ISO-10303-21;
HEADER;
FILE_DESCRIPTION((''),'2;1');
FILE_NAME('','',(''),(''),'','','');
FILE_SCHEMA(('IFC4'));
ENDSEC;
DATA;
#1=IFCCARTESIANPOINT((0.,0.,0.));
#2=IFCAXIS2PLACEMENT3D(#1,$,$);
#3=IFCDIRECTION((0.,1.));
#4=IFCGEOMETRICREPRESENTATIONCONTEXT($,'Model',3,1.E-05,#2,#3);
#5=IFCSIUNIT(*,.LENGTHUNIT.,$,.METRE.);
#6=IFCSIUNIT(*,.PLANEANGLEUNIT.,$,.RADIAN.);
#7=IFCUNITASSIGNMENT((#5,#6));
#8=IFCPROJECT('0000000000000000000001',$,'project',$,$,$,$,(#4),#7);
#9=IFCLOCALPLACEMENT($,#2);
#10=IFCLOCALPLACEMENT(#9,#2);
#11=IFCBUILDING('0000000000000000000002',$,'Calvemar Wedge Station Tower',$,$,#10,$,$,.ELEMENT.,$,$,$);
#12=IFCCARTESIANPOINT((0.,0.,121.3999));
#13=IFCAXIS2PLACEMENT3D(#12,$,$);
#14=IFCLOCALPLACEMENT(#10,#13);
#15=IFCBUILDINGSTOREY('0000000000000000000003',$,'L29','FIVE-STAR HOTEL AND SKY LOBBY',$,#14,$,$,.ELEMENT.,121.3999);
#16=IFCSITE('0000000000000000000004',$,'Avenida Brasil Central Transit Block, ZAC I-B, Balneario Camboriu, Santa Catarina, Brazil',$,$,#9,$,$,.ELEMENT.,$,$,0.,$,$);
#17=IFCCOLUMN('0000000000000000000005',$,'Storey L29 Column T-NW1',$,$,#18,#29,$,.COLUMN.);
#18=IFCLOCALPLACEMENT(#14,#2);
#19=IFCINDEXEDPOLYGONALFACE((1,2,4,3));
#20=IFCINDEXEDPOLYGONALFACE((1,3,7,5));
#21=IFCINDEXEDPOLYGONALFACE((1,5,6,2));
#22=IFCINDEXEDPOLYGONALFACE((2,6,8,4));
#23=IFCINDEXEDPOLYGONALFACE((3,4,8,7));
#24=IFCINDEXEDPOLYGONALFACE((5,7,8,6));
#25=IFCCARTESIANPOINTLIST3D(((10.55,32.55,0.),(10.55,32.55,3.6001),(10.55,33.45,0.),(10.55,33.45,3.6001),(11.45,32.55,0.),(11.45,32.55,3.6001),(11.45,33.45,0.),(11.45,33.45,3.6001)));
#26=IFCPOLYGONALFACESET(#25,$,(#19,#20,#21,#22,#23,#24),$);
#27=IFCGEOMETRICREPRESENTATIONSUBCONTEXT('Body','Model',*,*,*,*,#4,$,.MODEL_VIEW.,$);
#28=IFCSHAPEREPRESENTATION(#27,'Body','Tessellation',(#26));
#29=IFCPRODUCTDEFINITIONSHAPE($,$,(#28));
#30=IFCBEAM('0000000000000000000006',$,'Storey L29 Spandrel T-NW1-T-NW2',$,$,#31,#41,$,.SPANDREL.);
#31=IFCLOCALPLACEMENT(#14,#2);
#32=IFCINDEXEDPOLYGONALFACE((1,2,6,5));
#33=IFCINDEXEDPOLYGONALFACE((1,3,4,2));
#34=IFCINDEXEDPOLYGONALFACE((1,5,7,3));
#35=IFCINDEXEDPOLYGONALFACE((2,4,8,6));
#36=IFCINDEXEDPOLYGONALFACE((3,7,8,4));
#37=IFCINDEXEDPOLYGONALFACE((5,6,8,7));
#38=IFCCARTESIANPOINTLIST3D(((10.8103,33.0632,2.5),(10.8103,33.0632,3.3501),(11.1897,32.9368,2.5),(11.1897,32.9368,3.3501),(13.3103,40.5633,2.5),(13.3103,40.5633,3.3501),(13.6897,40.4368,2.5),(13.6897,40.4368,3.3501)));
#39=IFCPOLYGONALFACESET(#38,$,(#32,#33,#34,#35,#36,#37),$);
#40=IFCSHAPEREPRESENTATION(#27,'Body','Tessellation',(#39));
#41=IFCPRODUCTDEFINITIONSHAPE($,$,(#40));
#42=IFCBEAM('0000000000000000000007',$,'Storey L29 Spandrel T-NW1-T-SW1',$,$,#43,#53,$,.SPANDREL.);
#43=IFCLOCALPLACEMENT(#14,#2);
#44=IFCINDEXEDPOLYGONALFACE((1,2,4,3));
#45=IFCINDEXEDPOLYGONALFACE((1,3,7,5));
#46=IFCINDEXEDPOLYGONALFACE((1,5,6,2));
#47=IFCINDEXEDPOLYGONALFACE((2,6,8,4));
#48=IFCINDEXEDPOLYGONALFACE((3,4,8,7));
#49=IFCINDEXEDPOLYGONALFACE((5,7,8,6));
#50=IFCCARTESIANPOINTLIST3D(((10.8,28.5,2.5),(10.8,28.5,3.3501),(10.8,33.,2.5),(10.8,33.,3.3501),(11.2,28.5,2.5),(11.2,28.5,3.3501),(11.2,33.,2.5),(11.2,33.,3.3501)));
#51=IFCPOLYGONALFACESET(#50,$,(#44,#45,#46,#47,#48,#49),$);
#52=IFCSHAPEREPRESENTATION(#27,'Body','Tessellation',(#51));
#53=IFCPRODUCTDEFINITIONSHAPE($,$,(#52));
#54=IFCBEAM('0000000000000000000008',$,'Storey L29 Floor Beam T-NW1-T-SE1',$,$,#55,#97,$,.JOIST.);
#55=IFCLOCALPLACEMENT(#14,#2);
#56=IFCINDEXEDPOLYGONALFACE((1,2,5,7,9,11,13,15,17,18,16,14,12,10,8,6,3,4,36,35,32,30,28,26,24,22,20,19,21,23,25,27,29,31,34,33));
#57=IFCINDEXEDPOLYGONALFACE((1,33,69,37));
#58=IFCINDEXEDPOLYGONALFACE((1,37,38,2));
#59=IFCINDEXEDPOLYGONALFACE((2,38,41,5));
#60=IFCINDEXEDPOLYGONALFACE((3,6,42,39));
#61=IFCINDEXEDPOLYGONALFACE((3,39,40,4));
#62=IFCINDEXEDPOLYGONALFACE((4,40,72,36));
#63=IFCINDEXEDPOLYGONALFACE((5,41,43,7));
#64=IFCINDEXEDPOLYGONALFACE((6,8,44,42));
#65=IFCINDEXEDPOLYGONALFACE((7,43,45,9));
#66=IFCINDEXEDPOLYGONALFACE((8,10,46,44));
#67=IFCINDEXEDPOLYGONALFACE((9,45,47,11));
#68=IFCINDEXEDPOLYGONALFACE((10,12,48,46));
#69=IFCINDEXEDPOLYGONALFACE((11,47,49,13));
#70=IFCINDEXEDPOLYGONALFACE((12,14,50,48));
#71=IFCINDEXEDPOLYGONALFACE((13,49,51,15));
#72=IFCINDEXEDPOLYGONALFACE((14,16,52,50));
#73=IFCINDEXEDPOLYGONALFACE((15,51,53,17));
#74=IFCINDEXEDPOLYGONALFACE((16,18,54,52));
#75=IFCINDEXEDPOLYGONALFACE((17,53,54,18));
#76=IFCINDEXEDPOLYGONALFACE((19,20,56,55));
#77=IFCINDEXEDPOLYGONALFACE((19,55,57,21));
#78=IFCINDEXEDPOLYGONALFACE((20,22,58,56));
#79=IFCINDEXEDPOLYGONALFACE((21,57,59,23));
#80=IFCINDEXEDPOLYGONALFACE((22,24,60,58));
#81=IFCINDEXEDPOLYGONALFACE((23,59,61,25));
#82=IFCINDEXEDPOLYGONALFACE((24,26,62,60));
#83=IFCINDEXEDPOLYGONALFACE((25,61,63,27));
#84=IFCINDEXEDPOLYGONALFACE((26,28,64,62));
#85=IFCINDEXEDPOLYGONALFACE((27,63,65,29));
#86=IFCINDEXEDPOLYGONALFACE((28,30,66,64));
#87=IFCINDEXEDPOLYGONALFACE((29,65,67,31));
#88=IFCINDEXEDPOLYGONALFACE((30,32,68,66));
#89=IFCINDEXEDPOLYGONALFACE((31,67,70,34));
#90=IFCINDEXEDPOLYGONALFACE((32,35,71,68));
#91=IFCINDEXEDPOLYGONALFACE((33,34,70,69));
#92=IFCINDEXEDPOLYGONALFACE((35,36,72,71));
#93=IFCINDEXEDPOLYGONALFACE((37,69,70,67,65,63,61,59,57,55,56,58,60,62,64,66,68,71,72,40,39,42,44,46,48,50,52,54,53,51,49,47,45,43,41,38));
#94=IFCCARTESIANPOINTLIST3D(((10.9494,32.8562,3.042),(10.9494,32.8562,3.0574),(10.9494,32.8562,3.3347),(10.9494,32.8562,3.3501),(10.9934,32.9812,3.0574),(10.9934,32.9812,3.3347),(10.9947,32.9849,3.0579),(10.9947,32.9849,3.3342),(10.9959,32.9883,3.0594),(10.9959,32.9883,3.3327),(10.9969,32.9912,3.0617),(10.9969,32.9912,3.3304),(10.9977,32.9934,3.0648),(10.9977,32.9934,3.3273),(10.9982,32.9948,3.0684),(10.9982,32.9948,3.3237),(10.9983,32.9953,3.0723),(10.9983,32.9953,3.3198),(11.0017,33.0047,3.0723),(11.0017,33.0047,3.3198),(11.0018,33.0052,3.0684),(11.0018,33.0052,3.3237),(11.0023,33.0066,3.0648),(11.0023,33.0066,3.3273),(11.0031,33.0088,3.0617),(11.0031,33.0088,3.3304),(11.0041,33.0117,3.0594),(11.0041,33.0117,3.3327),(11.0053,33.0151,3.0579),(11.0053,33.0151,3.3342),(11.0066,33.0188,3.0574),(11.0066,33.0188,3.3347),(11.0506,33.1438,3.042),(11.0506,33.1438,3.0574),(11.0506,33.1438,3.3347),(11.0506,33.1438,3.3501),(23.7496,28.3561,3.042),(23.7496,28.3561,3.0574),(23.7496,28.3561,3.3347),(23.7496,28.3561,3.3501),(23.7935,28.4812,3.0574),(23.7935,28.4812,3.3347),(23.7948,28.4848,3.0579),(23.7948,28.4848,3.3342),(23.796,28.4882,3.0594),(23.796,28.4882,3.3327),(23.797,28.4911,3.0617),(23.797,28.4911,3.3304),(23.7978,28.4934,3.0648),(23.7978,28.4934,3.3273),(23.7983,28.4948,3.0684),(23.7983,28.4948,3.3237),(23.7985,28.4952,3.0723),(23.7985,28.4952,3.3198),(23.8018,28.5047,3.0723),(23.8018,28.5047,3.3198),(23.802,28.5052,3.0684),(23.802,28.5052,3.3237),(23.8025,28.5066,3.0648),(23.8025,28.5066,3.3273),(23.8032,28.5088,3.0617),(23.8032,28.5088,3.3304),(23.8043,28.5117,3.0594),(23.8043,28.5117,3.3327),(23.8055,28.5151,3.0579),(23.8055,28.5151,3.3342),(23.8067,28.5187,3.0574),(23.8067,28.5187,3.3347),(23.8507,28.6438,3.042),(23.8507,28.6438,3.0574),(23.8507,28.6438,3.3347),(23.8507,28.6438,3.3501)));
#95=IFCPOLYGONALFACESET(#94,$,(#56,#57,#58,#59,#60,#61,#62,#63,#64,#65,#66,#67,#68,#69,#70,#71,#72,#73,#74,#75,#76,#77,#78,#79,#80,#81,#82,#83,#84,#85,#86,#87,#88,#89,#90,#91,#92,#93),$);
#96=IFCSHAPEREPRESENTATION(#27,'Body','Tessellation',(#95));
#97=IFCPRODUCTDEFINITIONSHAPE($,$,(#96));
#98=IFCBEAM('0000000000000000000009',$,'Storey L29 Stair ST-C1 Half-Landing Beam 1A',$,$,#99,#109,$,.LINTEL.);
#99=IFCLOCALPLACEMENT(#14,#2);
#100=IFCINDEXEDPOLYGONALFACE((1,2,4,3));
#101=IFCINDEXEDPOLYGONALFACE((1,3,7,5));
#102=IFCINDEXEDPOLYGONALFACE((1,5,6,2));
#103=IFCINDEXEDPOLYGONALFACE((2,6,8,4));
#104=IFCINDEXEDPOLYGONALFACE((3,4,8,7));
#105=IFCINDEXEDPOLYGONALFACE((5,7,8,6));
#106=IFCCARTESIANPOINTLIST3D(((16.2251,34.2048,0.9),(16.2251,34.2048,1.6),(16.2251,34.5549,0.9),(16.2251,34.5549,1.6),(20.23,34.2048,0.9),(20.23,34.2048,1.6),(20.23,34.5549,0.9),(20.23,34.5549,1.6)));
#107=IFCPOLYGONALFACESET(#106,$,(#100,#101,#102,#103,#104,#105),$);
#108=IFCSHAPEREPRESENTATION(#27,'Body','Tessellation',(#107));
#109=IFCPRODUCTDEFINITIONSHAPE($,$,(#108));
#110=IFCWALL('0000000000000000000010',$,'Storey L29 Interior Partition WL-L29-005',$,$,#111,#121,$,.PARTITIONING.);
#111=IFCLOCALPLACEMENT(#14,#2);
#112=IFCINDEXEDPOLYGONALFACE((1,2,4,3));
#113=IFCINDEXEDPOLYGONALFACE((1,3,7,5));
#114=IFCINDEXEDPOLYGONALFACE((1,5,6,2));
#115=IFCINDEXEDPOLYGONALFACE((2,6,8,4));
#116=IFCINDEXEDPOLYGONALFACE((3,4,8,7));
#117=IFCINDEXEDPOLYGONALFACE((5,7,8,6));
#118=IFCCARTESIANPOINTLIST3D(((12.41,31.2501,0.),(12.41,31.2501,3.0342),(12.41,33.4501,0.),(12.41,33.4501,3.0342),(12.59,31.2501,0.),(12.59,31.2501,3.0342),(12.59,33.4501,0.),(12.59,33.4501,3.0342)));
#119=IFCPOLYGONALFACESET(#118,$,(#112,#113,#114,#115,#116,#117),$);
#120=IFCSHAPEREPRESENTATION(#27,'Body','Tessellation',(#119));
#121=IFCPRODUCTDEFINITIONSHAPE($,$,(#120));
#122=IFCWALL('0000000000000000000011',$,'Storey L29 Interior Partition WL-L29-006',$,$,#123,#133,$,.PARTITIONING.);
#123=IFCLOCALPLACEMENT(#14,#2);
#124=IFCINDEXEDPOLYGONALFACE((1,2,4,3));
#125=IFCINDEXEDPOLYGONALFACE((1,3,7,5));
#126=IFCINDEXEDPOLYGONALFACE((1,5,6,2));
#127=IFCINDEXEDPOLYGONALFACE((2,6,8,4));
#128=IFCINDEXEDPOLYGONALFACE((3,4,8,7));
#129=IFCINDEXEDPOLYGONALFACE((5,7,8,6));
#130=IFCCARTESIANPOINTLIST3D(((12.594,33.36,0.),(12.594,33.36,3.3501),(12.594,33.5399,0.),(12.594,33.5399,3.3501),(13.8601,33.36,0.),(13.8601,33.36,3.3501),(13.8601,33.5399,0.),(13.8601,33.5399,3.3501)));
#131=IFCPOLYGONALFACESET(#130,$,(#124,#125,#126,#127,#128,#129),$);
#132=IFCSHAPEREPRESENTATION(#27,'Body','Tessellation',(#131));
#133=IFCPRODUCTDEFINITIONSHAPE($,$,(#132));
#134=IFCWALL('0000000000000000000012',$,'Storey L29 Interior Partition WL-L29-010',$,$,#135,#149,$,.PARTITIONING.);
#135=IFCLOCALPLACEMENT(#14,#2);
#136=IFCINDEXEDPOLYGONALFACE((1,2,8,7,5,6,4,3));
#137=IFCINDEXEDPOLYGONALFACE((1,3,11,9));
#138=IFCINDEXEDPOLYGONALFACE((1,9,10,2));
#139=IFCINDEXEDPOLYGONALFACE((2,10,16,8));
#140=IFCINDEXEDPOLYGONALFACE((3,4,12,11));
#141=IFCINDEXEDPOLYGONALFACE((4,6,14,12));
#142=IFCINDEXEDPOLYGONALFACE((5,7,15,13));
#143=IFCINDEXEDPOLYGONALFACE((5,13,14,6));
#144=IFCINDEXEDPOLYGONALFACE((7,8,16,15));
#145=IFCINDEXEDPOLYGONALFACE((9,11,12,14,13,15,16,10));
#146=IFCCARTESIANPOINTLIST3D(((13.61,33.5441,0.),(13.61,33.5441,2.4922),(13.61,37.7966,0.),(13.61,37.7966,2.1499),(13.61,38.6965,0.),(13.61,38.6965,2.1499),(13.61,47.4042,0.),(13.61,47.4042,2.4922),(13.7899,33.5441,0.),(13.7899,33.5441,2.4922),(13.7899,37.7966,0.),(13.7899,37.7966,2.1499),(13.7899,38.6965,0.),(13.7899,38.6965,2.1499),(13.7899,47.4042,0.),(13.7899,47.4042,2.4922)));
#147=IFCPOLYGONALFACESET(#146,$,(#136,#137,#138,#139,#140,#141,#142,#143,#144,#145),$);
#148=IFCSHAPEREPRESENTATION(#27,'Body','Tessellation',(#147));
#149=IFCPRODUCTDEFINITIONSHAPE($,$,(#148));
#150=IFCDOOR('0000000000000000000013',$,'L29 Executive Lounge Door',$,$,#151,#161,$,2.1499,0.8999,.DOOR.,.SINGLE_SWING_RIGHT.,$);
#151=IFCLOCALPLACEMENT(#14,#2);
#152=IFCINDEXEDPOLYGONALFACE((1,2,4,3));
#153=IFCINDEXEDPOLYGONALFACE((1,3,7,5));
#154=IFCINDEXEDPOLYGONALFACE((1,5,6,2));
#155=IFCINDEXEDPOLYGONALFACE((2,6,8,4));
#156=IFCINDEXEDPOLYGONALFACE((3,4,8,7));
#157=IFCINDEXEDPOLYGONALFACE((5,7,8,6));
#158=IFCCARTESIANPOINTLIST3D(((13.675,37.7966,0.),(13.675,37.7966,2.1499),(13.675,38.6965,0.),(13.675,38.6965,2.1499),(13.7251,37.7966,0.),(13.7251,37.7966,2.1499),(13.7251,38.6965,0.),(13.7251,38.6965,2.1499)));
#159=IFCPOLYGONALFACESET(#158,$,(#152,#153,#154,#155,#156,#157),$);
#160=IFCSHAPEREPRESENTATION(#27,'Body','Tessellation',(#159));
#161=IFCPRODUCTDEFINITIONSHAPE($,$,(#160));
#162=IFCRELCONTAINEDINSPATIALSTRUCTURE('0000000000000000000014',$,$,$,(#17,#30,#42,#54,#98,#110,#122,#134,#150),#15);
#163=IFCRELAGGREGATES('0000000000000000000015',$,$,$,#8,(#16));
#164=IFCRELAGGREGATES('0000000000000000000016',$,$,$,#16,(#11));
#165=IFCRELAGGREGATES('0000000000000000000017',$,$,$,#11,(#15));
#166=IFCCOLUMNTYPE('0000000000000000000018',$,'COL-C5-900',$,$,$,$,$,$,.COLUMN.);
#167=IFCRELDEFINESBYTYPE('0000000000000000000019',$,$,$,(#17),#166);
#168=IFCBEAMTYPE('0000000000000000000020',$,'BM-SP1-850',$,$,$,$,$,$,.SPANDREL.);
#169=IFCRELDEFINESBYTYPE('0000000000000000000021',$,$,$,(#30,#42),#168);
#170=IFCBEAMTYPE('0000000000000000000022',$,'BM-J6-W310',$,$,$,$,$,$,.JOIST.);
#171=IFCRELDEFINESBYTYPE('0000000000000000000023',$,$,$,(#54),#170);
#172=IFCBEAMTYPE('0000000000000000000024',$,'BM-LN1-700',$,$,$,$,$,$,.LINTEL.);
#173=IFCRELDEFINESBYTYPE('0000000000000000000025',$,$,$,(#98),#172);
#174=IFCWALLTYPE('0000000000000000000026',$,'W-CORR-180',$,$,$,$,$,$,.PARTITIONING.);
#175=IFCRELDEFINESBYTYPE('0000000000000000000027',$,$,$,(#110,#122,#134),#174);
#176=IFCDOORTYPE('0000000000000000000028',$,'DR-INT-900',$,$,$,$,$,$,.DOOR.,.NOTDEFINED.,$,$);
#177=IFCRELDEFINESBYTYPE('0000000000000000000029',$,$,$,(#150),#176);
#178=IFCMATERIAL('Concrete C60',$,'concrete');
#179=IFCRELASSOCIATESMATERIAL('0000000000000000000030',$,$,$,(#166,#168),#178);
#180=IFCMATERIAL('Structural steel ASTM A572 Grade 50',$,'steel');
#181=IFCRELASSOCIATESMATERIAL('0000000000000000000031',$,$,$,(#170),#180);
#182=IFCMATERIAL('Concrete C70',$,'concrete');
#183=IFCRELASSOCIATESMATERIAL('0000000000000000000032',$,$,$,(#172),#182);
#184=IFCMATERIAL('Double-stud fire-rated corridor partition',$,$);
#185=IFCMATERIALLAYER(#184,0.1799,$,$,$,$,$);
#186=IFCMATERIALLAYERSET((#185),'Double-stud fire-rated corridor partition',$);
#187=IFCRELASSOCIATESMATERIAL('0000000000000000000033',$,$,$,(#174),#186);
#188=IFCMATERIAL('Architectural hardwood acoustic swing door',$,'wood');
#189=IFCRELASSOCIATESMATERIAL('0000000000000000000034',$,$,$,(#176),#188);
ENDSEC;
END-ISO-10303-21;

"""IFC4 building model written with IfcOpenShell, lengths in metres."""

from ifc_helpers import new_model, si_unit, direction, frame, frame_2d, origin, origin_2d, place, context, subcontext, project, spatial, rectangle, i_section, extrude, source, transform, mapped, material, layer, layer_set, material_profile, profile_set, type_object, element, fill, save


model = new_model("IFC4")

# Units and contexts
model_context = context("Model", 3, precision=1e-05, world=origin(), true_north=direction((0.0, 1.0)))
body_context = subcontext(model_context, "Body", "Model", "MODEL_VIEW")
ifc_project = project(units=[si_unit("LENGTHUNIT", "METRE"), si_unit("PLANEANGLEUNIT", "RADIAN")], contexts=[model_context])

# Site, building, storey
site_placement = place(None, origin())
site = spatial("IfcSite", under=ifc_project, at=site_placement, Name="Avenida Brasil Central Transit Block, ZAC I-B, Balneario Camboriu, Santa Catarina, Brazil", CompositionType="ELEMENT", RefElevation=0.0)
building_placement = place(site_placement, origin())
building = spatial("IfcBuilding", under=site, at=building_placement, Name="Calvemar Wedge Station Tower", CompositionType="ELEMENT")
storey_placement = place(building_placement, frame((0.0, 0.0, 121.3999)))
storey = spatial("IfcBuildingStorey", under=building, at=storey_placement, Name="L29", Description="FIVE-STAR HOTEL AND SKY LOBBY", CompositionType="ELEMENT", Elevation=121.3999)

# Column
ifc_material_1 = material(Name="Concrete C60", Category="concrete")
ifc_material_profile_1 = material_profile(ifc_material_1, rectangle(XDim=0.8999, YDim=0.8999, at=origin_2d()), Name="RC900x900")
ifc_profile_set_1 = profile_set([ifc_material_profile_1], Name="Concrete C60")
column_type = type_object("IfcColumnType", Name="COL-C5-900", PredefinedType="COLUMN", material=ifc_profile_set_1)
shared_shape_1 = source(origin(), body_context, "Body", "SweptSolid", [
    extrude(rectangle(XDim=0.8999, YDim=0.8999, at=origin_2d()), origin(), (0.0, 0.0, 1.0), 3.6001),
])
column_placement = place(storey_placement, frame((11.0, 33.0, 0.0), z_axis=(0.0, 0.0, 1.0), x_axis=(1.0, 0.0, 0.0)))
element("IfcColumn", 1, at=column_placement, inside=storey, type_object=column_type, Name="Storey L29 Column T-NW1", PredefinedType="COLUMN", context=body_context, shape_type="MappedRepresentation", body=[
    mapped(shared_shape_1, transform((0.0, 0.0, 0.0), scale=1.0)),
])

# Beams
ifc_material_profile_2 = material_profile(ifc_material_1, rectangle(XDim=0.3999, YDim=0.8501, at=origin_2d()), Name="RC400x850")
ifc_profile_set_2 = profile_set([ifc_material_profile_2], Name="Concrete C60")
beam_type_1 = type_object("IfcBeamType", Name="BM-SP1-850", PredefinedType="SPANDREL", material=ifc_profile_set_2)
shared_shape_2 = source(origin(), body_context, "Body", "SweptSolid", [
    extrude(rectangle(XDim=0.3999, YDim=0.8501, at=origin_2d()), origin(), (0.0, 0.0, 1.0), 7.9058),
])
beam_1_placement = place(storey_placement, frame((11.0, 33.0, 2.925), z_axis=(0.316228, 0.948683, 0.0), x_axis=(-0.948683, 0.316228, 0.0)))
element("IfcBeam", 2, at=beam_1_placement, inside=storey, type_object=beam_type_1, Name="Storey L29 Spandrel T-NW1-T-NW2", PredefinedType="SPANDREL", context=body_context, shape_type="MappedRepresentation", body=[
    mapped(shared_shape_2, transform((0.0, 0.0, 0.0), scale=1.0)),
])
shared_shape_3 = source(origin(), body_context, "Body", "SweptSolid", [
    extrude(rectangle(XDim=0.3999, YDim=0.8501, at=origin_2d()), origin(), (0.0, 0.0, 1.0), 4.5),
])
beam_2_placement = place(storey_placement, frame((11.0, 33.0, 2.925), z_axis=(0.0, -1.0, 0.0), x_axis=(1.0, 0.0, 0.0)))
element("IfcBeam", 3, at=beam_2_placement, inside=storey, type_object=beam_type_1, Name="Storey L29 Spandrel T-NW1-T-SW1", PredefinedType="SPANDREL", context=body_context, shape_type="MappedRepresentation", body=[
    mapped(shared_shape_3, transform((0.0, 0.0, 0.0), scale=1.0)),
])
ifc_material_2 = material(Name="Structural steel ASTM A572 Grade 50", Category="steel")
ifc_material_profile_3 = material_profile(ifc_material_2, i_section(OverallWidth=0.3049, OverallDepth=0.3081, WebThickness=0.01, FlangeThickness=0.0154, FilletRadius=0.0149, at=origin_2d()), Name="W310x97")
ifc_profile_set_3 = profile_set([ifc_material_profile_3], Name="Structural steel ASTM A572 Grade 50")
beam_type_2 = type_object("IfcBeamType", Name="BM-J6-W310", PredefinedType="JOIST", material=ifc_profile_set_3)
shared_shape_4 = source(origin(), body_context, "Body", "SweptSolid", [
    extrude(i_section(OverallWidth=0.3049, OverallDepth=0.3081, WebThickness=0.01, FlangeThickness=0.0154, FilletRadius=0.0149, at=origin_2d()), origin(), (0.0, 0.0, 1.0), 13.5681),
])
beam_3_placement = place(storey_placement, frame((11.0, 33.0, 3.196), z_axis=(0.943398, -0.331662, 0.0), x_axis=(0.331662, 0.943398, 0.0)))
element("IfcBeam", 4, at=beam_3_placement, inside=storey, type_object=beam_type_2, Name="Storey L29 Floor Beam T-NW1-T-SE1", PredefinedType="JOIST", context=body_context, shape_type="MappedRepresentation", body=[
    mapped(shared_shape_4, transform((0.0, 0.0, 0.0), scale=1.0)),
])
ifc_material_3 = material(Name="Concrete C70", Category="concrete")
ifc_material_profile_4 = material_profile(ifc_material_3, rectangle(XDim=0.3501, YDim=0.7, at=origin_2d()), Name="RC350x700")
ifc_profile_set_4 = profile_set([ifc_material_profile_4], Name="Concrete C70")
beam_type_3 = type_object("IfcBeamType", Name="BM-LN1-700", PredefinedType="LINTEL", material=ifc_profile_set_4)
shared_shape_5 = source(origin(), body_context, "Body", "SweptSolid", [
    extrude(rectangle(XDim=0.3501, YDim=0.7, at=origin_2d()), origin(), (0.0, 0.0, 1.0), 4.0049),
])
beam_4_placement = place(storey_placement, frame((16.2251, 34.3799, 1.25), z_axis=(1.0, 0.0, 0.0), x_axis=(0.0, 1.0, 0.0)))
element("IfcBeam", 5, at=beam_4_placement, inside=storey, type_object=beam_type_3, Name="Storey L29 Stair ST-C1 Half-Landing Beam 1A", PredefinedType="LINTEL", context=body_context, shape_type="MappedRepresentation", body=[
    mapped(shared_shape_5, transform((0.0, 0.0, 0.0), scale=1.0)),
])

# Walls
ifc_material_4 = material(Name="Double-stud fire-rated corridor partition")
ifc_layer_1 = layer(ifc_material_4, 0.1799)
ifc_layer_set_1 = layer_set([ifc_layer_1], Name="Double-stud fire-rated corridor partition")
wall_type_1 = type_object("IfcWallType", Name="W-CORR-180", PredefinedType="PARTITIONING", material=ifc_layer_set_1)
wall_1_placement = place(storey_placement, frame((12.5, 31.25, 0.0), z_axis=(0.0, 0.0, 1.0), x_axis=(0.0, 1.0, 0.0)))
element("IfcWall", 6, at=wall_1_placement, inside=storey, type_object=wall_type_1, Name="Storey L29 Interior Partition WL-L29-005", PredefinedType="PARTITIONING", context=body_context, shape_type="SweptSolid", body=[
    extrude(rectangle(XDim=2.2, YDim=0.1799, at=frame_2d((1.1001, 0.0))), origin(), (0.0, 0.0, 1.0), 3.0342),
])
wall_2_placement = place(storey_placement, frame((12.594, 33.45, 0.0), z_axis=(0.0, 0.0, 1.0), x_axis=(1.0, 0.0, 0.0)))
element("IfcWall", 7, at=wall_2_placement, inside=storey, type_object=wall_type_1, Name="Storey L29 Interior Partition WL-L29-006", PredefinedType="PARTITIONING", context=body_context, shape_type="SweptSolid", body=[
    extrude(rectangle(XDim=1.2661, YDim=0.1799, at=frame_2d((0.6331, 0.0))), origin(), (0.0, 0.0, 1.0), 3.3501),
])

# Wall, opening, door
wall_3_placement = place(storey_placement, frame((13.7, 33.5439, 0.0), z_axis=(0.0, 0.0, 1.0), x_axis=(0.0, 1.0, 0.0)))
wall_3 = element("IfcWall", 8, at=wall_3_placement, inside=storey, type_object=wall_type_1, Name="Storey L29 Interior Partition WL-L29-010", PredefinedType="PARTITIONING", context=body_context, shape_type="SweptSolid", body=[
    extrude(rectangle(XDim=13.8601, YDim=0.1799, at=frame_2d((6.9302, 0.0))), origin(), (0.0, 0.0, 1.0), 2.4922),
])
shared_shape_6 = source(origin(), body_context, "Body", "SweptSolid", [
    extrude(rectangle(XDim=0.8999, YDim=2.1499, at=frame_2d((0.45, 1.075))), frame((0.0, 0.1001, 0.0), z_axis=(0.0, -1.0, 0.0), x_axis=(1.0, 0.0, 0.0)), (0.0, 0.0, 1.0), 0.2),
])
opening_1_placement = place(wall_3_placement, frame((4.2527, 0.0, 0.0)))
opening_1 = element("IfcOpeningElement", 9, at=opening_1_placement, cuts=wall_3, PredefinedType="OPENING", context=body_context, shape_type="MappedRepresentation", body=[
    mapped(shared_shape_6, transform((0.0, 0.0, 0.0), scale=1.0)),
])
ifc_material_5 = material(Name="Architectural hardwood acoustic swing door", Category="wood")
door_type_1 = type_object("IfcDoorType", Name="DR-INT-900", OperationType="NOTDEFINED", PredefinedType="DOOR", material=ifc_material_5)
shared_shape_7 = source(origin(), body_context, "Body", "SweptSolid", [
    extrude(rectangle(XDim=0.8999, YDim=2.1499, at=frame_2d((0.45, 1.075))), frame((0.0, 0.0249, 0.0), z_axis=(0.0, -1.0, 0.0), x_axis=(1.0, 0.0, 0.0)), (0.0, 0.0, 1.0), 0.05),
])
door_1_placement = place(opening_1_placement, origin())
door_1 = element("IfcDoor", 10, at=door_1_placement, inside=storey, type_object=door_type_1, Name="L29 Executive Lounge Door", OperationType="SINGLE_SWING_RIGHT", OverallHeight=2.1499, OverallWidth=0.8999, PredefinedType="DOOR", context=body_context, shape_type="MappedRepresentation", body=[
    mapped(shared_shape_7, transform((0.0, 0.0, 0.0), scale=1.0)),
])
fill(opening_1, door_1)

save(model, "model.ifc")
